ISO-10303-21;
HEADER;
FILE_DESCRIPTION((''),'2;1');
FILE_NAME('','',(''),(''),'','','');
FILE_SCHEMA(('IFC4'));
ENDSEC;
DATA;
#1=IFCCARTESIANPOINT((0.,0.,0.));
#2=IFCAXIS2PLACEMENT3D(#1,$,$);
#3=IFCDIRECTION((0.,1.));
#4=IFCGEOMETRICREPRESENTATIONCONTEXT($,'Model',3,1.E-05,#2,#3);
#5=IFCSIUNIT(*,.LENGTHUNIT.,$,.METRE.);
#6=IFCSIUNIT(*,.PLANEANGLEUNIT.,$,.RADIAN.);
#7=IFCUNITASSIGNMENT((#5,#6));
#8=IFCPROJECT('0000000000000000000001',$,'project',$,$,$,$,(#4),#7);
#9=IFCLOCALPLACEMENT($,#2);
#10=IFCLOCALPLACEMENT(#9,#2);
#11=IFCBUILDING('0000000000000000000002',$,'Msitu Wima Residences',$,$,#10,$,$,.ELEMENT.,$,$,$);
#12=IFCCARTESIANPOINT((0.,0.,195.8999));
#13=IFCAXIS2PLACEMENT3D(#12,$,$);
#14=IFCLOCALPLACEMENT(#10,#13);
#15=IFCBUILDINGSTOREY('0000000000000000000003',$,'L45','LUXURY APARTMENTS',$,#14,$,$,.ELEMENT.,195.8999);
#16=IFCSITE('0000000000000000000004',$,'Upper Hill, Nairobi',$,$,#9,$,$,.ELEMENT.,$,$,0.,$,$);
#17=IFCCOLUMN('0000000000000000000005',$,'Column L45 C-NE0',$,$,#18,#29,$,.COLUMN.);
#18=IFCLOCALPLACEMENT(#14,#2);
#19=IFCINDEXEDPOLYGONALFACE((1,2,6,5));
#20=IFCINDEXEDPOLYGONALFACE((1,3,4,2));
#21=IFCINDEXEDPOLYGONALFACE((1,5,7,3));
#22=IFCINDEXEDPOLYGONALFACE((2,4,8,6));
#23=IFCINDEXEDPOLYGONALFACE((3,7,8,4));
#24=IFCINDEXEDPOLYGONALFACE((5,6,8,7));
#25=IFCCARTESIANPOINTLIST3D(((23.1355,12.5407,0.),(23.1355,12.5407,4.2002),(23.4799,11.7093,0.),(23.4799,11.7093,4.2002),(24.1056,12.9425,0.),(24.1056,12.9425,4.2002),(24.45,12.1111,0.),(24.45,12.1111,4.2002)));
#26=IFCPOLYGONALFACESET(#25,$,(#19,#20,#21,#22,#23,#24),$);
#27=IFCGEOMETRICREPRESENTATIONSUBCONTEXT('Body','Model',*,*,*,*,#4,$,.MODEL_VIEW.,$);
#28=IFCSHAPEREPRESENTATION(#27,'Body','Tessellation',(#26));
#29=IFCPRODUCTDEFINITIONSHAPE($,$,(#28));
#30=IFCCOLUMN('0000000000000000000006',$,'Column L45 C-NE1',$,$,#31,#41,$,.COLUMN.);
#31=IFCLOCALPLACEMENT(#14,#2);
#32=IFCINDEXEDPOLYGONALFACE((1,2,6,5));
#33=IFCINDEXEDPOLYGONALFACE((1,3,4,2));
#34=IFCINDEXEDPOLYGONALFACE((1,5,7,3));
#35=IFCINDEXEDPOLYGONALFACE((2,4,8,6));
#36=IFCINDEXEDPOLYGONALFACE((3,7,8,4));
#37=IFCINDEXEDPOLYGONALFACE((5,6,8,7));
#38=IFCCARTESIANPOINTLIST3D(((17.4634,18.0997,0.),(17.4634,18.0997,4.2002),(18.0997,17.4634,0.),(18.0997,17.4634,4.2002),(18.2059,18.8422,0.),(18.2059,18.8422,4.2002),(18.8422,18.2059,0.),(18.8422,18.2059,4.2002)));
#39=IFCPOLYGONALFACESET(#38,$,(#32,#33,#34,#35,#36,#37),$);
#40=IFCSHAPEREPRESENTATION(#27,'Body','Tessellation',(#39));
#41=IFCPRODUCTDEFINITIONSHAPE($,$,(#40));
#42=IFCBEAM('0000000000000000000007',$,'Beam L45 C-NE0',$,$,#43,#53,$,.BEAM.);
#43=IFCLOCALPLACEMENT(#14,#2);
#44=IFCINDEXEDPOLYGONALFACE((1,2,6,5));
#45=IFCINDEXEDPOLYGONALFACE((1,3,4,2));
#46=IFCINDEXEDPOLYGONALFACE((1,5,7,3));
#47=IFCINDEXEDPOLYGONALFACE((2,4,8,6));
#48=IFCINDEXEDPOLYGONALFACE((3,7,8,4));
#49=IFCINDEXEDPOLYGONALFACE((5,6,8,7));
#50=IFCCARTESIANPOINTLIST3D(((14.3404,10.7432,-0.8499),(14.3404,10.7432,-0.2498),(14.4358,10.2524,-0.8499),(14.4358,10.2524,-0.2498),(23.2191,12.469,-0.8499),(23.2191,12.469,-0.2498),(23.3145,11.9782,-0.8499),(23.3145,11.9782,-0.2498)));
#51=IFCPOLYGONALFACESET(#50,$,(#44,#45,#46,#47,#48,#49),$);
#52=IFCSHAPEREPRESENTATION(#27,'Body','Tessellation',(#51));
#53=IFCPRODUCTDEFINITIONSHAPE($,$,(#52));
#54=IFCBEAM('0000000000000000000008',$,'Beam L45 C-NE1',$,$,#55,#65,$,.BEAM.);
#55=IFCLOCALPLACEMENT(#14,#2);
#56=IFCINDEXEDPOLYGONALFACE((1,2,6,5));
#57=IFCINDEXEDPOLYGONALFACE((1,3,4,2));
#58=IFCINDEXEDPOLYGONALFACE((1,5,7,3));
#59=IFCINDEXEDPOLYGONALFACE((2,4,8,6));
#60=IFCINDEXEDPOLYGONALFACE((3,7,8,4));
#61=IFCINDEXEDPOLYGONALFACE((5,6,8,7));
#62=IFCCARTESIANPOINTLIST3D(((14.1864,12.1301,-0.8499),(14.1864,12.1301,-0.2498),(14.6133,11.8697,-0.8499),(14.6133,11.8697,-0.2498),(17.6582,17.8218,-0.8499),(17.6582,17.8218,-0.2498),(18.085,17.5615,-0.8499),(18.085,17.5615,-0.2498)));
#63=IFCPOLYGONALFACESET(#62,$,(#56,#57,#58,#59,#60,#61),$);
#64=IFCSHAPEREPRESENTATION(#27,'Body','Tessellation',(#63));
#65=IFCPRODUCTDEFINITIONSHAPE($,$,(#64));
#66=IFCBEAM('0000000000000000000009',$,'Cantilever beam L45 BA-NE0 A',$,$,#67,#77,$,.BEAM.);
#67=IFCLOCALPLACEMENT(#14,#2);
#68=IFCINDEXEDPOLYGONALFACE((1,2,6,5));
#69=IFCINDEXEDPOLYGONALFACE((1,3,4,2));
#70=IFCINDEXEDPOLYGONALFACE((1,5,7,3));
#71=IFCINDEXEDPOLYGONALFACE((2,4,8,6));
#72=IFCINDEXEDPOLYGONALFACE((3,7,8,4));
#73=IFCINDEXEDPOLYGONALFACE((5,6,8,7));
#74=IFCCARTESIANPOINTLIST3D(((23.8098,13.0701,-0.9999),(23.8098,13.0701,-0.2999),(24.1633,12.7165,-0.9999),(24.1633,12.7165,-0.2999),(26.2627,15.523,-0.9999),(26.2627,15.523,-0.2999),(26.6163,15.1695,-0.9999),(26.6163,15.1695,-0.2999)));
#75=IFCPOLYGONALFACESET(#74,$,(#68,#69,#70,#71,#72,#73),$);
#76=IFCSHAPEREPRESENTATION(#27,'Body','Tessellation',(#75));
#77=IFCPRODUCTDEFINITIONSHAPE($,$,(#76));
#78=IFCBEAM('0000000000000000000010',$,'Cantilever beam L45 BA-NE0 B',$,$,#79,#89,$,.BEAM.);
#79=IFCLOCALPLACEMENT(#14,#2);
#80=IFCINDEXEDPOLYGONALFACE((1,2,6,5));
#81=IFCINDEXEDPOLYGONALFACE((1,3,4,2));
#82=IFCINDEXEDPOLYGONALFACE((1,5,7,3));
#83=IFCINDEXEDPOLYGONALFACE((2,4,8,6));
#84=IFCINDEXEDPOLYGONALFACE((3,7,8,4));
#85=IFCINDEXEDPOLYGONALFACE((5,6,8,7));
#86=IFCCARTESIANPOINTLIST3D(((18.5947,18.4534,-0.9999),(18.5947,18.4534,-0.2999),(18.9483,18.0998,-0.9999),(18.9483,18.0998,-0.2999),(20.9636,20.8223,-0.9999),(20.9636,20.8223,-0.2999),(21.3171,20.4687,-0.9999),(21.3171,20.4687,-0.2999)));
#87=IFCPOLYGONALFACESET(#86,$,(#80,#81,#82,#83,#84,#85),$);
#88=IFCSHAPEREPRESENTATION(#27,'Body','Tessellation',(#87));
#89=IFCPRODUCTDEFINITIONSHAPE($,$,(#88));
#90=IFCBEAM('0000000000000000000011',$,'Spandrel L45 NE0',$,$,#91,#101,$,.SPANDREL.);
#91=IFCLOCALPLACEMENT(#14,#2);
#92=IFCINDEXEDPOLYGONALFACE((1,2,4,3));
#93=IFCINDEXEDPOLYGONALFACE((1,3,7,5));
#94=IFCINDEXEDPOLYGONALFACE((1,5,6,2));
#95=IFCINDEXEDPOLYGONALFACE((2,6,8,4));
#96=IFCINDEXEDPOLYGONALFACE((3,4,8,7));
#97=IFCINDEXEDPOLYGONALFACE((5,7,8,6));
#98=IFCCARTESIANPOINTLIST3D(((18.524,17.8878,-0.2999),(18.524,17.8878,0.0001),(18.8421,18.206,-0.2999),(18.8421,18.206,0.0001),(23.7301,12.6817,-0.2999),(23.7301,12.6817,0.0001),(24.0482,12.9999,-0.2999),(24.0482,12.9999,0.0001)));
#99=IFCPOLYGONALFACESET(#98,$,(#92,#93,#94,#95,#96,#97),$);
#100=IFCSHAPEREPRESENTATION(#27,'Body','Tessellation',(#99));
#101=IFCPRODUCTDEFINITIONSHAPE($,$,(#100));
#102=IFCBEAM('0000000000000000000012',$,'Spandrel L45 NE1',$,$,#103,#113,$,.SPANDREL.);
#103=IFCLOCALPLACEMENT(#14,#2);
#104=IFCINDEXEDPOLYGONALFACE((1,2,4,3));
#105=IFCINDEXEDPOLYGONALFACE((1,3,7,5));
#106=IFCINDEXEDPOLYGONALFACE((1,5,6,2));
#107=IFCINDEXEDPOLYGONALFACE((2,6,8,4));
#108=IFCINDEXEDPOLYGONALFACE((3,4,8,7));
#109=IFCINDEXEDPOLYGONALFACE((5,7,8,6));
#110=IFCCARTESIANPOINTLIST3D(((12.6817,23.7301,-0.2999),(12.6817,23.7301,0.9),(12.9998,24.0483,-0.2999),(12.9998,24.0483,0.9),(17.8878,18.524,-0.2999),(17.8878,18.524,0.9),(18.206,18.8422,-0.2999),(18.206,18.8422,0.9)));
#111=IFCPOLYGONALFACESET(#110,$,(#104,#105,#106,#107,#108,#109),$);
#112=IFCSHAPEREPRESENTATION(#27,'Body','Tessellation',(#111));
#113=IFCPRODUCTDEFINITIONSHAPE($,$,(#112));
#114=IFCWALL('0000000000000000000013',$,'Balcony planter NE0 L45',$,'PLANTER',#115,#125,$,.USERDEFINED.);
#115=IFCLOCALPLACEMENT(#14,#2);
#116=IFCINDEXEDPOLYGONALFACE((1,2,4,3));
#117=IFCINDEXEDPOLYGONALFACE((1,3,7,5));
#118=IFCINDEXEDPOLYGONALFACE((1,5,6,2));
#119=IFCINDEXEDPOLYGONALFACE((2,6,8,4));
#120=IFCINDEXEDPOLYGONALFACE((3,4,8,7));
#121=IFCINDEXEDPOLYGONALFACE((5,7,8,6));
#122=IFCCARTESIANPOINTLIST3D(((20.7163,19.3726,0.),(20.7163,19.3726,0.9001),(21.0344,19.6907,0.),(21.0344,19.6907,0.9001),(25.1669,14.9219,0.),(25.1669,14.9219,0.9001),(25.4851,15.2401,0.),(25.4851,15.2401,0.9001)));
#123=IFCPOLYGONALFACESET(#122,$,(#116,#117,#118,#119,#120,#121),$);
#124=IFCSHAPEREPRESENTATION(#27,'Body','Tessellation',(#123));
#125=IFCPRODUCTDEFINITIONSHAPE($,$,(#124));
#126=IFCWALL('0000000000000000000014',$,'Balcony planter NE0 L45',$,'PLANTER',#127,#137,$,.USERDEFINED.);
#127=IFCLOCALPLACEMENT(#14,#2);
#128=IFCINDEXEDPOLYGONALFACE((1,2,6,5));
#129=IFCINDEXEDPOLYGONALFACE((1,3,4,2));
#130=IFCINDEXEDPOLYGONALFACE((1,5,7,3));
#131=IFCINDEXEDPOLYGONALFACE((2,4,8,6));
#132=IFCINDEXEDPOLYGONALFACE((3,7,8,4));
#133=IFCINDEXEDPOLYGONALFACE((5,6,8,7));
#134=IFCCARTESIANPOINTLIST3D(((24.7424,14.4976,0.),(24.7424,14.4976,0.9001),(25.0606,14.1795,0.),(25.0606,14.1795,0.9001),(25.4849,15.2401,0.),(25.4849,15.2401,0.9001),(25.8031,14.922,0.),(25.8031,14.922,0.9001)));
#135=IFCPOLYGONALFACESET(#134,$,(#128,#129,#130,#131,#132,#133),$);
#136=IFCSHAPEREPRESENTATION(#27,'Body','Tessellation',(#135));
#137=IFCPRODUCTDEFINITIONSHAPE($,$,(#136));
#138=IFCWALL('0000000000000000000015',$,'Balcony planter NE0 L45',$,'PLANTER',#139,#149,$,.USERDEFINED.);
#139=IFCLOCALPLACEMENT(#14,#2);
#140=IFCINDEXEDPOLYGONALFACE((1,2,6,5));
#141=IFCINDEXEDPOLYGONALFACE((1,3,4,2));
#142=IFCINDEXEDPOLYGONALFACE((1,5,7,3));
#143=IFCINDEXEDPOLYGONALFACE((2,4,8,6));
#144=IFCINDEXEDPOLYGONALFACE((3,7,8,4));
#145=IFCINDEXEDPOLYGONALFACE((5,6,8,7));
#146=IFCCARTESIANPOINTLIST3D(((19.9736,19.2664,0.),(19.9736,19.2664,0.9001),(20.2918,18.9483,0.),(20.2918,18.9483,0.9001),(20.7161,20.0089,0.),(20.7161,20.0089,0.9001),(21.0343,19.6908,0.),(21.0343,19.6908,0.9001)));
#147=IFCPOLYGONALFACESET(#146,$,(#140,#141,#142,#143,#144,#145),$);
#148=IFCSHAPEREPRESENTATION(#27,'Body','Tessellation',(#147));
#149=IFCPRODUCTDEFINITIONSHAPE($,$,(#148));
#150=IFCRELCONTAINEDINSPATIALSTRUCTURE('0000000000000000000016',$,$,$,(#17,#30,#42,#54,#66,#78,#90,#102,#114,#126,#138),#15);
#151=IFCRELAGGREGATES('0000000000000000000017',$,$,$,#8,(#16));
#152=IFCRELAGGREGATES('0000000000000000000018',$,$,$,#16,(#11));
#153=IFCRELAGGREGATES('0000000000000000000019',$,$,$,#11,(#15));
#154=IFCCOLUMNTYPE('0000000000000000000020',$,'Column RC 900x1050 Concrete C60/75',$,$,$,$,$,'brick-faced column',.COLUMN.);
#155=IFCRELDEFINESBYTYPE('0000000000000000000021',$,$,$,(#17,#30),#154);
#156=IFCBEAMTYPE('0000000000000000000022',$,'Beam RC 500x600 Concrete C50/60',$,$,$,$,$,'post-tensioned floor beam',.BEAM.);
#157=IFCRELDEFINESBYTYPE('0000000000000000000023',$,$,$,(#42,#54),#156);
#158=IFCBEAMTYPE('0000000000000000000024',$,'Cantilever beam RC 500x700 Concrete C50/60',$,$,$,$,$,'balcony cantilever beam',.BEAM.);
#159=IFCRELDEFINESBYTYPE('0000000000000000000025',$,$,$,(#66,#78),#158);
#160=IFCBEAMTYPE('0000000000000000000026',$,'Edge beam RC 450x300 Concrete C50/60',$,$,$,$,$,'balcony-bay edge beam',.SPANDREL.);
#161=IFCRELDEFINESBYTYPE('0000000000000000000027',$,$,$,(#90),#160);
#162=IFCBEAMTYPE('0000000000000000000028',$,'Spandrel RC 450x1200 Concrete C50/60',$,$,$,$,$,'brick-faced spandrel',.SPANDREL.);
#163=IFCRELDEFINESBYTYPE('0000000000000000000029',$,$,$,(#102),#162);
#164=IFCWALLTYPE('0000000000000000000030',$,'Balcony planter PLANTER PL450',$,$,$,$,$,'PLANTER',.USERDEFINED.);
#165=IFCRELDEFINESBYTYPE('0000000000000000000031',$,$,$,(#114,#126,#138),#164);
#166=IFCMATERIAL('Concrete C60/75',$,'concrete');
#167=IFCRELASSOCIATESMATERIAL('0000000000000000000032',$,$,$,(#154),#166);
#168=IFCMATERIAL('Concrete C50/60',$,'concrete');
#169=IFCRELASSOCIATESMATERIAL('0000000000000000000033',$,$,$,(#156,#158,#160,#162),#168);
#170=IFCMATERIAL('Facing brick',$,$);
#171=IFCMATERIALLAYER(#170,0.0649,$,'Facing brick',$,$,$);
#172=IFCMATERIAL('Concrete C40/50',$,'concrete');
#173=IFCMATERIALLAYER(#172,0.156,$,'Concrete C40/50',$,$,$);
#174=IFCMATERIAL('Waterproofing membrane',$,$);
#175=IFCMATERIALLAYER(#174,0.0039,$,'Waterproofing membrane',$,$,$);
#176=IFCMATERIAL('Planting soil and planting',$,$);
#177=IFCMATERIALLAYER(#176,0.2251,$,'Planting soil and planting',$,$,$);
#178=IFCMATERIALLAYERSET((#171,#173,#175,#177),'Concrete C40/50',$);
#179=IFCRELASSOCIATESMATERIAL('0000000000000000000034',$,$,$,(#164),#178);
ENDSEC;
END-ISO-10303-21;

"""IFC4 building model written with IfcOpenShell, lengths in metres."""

from ifc_helpers import new_model, si_unit, direction, frame, frame_2d, origin, origin_2d, place, context, subcontext, project, spatial, rectangle, extrude, material, layer, layer_set, material_profile, profile_set, type_object, element, save


model = new_model("IFC4")

# Units and contexts
model_context = context("Model", 3, precision=1e-05, world=origin(), true_north=direction((0.0, 1.0)))
body_context = subcontext(model_context, "Body", "Model", "MODEL_VIEW")
ifc_project = project(units=[si_unit("LENGTHUNIT", "METRE"), si_unit("PLANEANGLEUNIT", "RADIAN")], contexts=[model_context])

# Site, building, storey
site_placement = place(None, origin())
site = spatial("IfcSite", under=ifc_project, at=site_placement, Name="Upper Hill, Nairobi", CompositionType="ELEMENT", RefElevation=0.0)
building_placement = place(site_placement, origin())
building = spatial("IfcBuilding", under=site, at=building_placement, Name="Msitu Wima Residences", CompositionType="ELEMENT")
storey_placement = place(building_placement, frame((0.0, 0.0, 195.8999)))
storey = spatial("IfcBuildingStorey", under=building, at=storey_placement, Name="L45", Description="LUXURY APARTMENTS", CompositionType="ELEMENT", Elevation=195.8999)

# Columns
ifc_material_1 = material(Name="Concrete C60/75", Category="concrete")
ifc_material_profile_1 = material_profile(ifc_material_1, rectangle(XDim=0.8999, YDim=1.05, at=origin_2d()), Name="RC 900x1050")
ifc_profile_set_1 = profile_set([ifc_material_profile_1], Name="Concrete C60/75")
column_type = type_object("IfcColumnType", Name="Column RC 900x1050 Concrete C60/75", ElementType="brick-faced column", PredefinedType="COLUMN", material=ifc_profile_set_1)
for number, where, z_axis, x_axis, name in (
    (1, (23.7927, 12.3259, 0.0), (0.0, 0.0, 1.0), (-0.382683, 0.92388, 0.0), "Column L45 C-NE0"),
    (2, (18.1528, 18.1528, 0.0), (0.0, 0.0, 1.0), (-0.707107, 0.707107, 0.0), "Column L45 C-NE1"),
):
    element("IfcColumn", number, at=place(storey_placement, frame(where, z_axis=z_axis, x_axis=x_axis)), inside=storey, type_object=column_type, Name=name, PredefinedType="COLUMN", context=body_context, shape_type="SweptSolid", body=[
        extrude(rectangle(XDim=0.8999, YDim=1.05, at=origin_2d()), origin(), (0.0, 0.0, 1.0), 4.2002),
    ])

# Beams
ifc_material_2 = material(Name="Concrete C50/60", Category="concrete")
ifc_material_profile_2 = material_profile(ifc_material_2, rectangle(XDim=0.5, YDim=0.6001, at=origin_2d()), Name="RC 500x600")
ifc_profile_set_2 = profile_set([ifc_material_profile_2], Name="Concrete C50/60")
beam_type_1 = type_object("IfcBeamType", Name="Beam RC 500x600 Concrete C50/60", ElementType="post-tensioned floor beam", PredefinedType="BEAM", material=ifc_profile_set_2)
beam_1_placement = place(storey_placement, frame((23.2668, 12.2236, -0.5498), z_axis=(-0.981627, -0.190808, 0.0), x_axis=(0.190808, -0.981627, 0.0)))
element("IfcBeam", 3, at=beam_1_placement, inside=storey, type_object=beam_type_1, Name="Beam L45 C-NE0", PredefinedType="BEAM", context=body_context, shape_type="SweptSolid", body=[
    extrude(rectangle(XDim=0.5, YDim=0.6001, at=origin_2d()), origin(), (0.0, 0.0, 1.0), 9.0449),
])
beam_2_placement = place(storey_placement, frame((17.8716, 17.6917, -0.5498), z_axis=(-0.520734, -0.853719, 0.0), x_axis=(0.853719, -0.520734, 0.0)))
element("IfcBeam", 4, at=beam_2_placement, inside=storey, type_object=beam_type_1, Name="Beam L45 C-NE1", PredefinedType="BEAM", context=body_context, shape_type="SweptSolid", body=[
    extrude(rectangle(XDim=0.5, YDim=0.6001, at=origin_2d()), origin(), (0.0, 0.0, 1.0), 6.667),
])
ifc_material_profile_3 = material_profile(ifc_material_2, rectangle(XDim=0.5, YDim=0.7, at=origin_2d()), Name="RC 500x700")
ifc_profile_set_3 = profile_set([ifc_material_profile_3], Name="Concrete C50/60")
beam_type_2 = type_object("IfcBeamType", Name="Cantilever beam RC 500x700 Concrete C50/60", ElementType="balcony cantilever beam", PredefinedType="BEAM", material=ifc_profile_set_3)
beam_3_placement = place(storey_placement, frame((23.9866, 12.8933, -0.6499), z_axis=(0.707107, 0.707107, 0.0), x_axis=(-0.707107, 0.707107, 0.0)))
element("IfcBeam", 5, at=beam_3_placement, inside=storey, type_object=beam_type_2, Name="Cantilever beam L45 BA-NE0 A", PredefinedType="BEAM", context=body_context, shape_type="SweptSolid", body=[
    extrude(rectangle(XDim=0.5, YDim=0.7, at=origin_2d()), origin(), (0.0, 0.0, 1.0), 3.469),
])
beam_4_placement = place(storey_placement, frame((18.7715, 18.2766, -0.6499), z_axis=(0.707107, 0.707107, 0.0), x_axis=(-0.707107, 0.707107, 0.0)))
element("IfcBeam", 6, at=beam_4_placement, inside=storey, type_object=beam_type_2, Name="Cantilever beam L45 BA-NE0 B", PredefinedType="BEAM", context=body_context, shape_type="SweptSolid", body=[
    extrude(rectangle(XDim=0.5, YDim=0.7, at=origin_2d()), origin(), (0.0, 0.0, 1.0), 3.3501),
])
ifc_material_profile_4 = material_profile(ifc_material_2, rectangle(XDim=0.45, YDim=0.3, at=origin_2d()), Name="RC 450x300")
ifc_profile_set_4 = profile_set([ifc_material_profile_4], Name="Concrete C50/60")
beam_type_3 = type_object("IfcBeamType", Name="Edge beam RC 450x300 Concrete C50/60", ElementType="balcony-bay edge beam", PredefinedType="SPANDREL", material=ifc_profile_set_4)
beam_5_placement = place(storey_placement, frame((23.8892, 12.8408, -0.1499), z_axis=(-0.707107, 0.707107, 0.0), x_axis=(-0.707107, -0.707107, 0.0)))
element("IfcBeam", 7, at=beam_5_placement, inside=storey, type_object=beam_type_3, Name="Spandrel L45 NE0", PredefinedType="SPANDREL", context=body_context, shape_type="SweptSolid", body=[
    extrude(rectangle(XDim=0.45, YDim=0.3, at=origin_2d()), origin(), (0.0, 0.0, 1.0), 7.3625),
])
ifc_material_profile_5 = material_profile(ifc_material_2, rectangle(XDim=0.45, YDim=1.2, at=origin_2d()), Name="RC 450x1200")
ifc_profile_set_5 = profile_set([ifc_material_profile_5], Name="Concrete C50/60")
beam_type_4 = type_object("IfcBeamType", Name="Spandrel RC 450x1200 Concrete C50/60", ElementType="brick-faced spandrel", PredefinedType="SPANDREL", material=ifc_profile_set_5)
beam_6_placement = place(storey_placement, frame((18.0469, 18.6831, 0.3), z_axis=(-0.707107, 0.707107, 0.0), x_axis=(-0.707107, -0.707107, 0.0)))
element("IfcBeam", 8, at=beam_6_placement, inside=storey, type_object=beam_type_4, Name="Spandrel L45 NE1", PredefinedType="SPANDREL", context=body_context, shape_type="SweptSolid", body=[
    extrude(rectangle(XDim=0.45, YDim=1.2, at=origin_2d()), origin(), (0.0, 0.0, 1.0), 7.3625),
])

# Walls
ifc_material_3 = material(Name="Facing brick")
ifc_layer_1 = layer(ifc_material_3, 0.0649, Name="Facing brick")
ifc_material_4 = material(Name="Concrete C40/50", Category="concrete")
ifc_layer_2 = layer(ifc_material_4, 0.156, Name="Concrete C40/50")
ifc_material_5 = material(Name="Waterproofing membrane")
ifc_layer_3 = layer(ifc_material_5, 0.0039, Name="Waterproofing membrane")
ifc_material_6 = material(Name="Planting soil and planting")
ifc_layer_4 = layer(ifc_material_6, 0.2251, Name="Planting soil and planting")
ifc_layer_set_1 = layer_set([ifc_layer_1, ifc_layer_2, ifc_layer_3, ifc_layer_4], Name="Concrete C40/50")
wall_type_1 = type_object("IfcWallType", Name="Balcony planter PLANTER PL450", ElementType="PLANTER", PredefinedType="USERDEFINED", material=ifc_layer_set_1)
wall_1_placement = place(storey_placement, frame((25.3259, 15.0811, 0.0), z_axis=(0.0, 0.0, 1.0), x_axis=(-0.707107, 0.707107, 0.0)))
element("IfcWall", 9, at=wall_1_placement, inside=storey, type_object=wall_type_1, Name="Balcony planter NE0 L45", ObjectType="PLANTER", PredefinedType="USERDEFINED", context=body_context, shape_type="SweptSolid", body=[
    extrude(rectangle(XDim=6.2942, YDim=0.45, at=frame_2d((3.147, 0.0))), origin(), (0.0, 0.0, 1.0), 0.9001),
])
for number, where, z_axis, x_axis, name in (
    (10, (24.9016, 14.3386, 0.0), (0.0, 0.0, 1.0), (0.707107, 0.707107, 0.0), "Balcony planter NE0 L45"),
    (11, (20.1328, 19.1074, 0.0), (0.0, 0.0, 1.0), (0.707107, 0.707107, 0.0), "Balcony planter NE0 L45"),
):
    element("IfcWall", number, at=place(storey_placement, frame(where, z_axis=z_axis, x_axis=x_axis)), inside=storey, type_object=wall_type_1, Name=name, ObjectType="PLANTER", PredefinedType="USERDEFINED", context=body_context, shape_type="SweptSolid", body=[
        extrude(rectangle(XDim=1.05, YDim=0.45, at=frame_2d((0.5249, 0.0))), origin(), (0.0, 0.0, 1.0), 0.9001),
    ])

save(model, "model.ifc")
